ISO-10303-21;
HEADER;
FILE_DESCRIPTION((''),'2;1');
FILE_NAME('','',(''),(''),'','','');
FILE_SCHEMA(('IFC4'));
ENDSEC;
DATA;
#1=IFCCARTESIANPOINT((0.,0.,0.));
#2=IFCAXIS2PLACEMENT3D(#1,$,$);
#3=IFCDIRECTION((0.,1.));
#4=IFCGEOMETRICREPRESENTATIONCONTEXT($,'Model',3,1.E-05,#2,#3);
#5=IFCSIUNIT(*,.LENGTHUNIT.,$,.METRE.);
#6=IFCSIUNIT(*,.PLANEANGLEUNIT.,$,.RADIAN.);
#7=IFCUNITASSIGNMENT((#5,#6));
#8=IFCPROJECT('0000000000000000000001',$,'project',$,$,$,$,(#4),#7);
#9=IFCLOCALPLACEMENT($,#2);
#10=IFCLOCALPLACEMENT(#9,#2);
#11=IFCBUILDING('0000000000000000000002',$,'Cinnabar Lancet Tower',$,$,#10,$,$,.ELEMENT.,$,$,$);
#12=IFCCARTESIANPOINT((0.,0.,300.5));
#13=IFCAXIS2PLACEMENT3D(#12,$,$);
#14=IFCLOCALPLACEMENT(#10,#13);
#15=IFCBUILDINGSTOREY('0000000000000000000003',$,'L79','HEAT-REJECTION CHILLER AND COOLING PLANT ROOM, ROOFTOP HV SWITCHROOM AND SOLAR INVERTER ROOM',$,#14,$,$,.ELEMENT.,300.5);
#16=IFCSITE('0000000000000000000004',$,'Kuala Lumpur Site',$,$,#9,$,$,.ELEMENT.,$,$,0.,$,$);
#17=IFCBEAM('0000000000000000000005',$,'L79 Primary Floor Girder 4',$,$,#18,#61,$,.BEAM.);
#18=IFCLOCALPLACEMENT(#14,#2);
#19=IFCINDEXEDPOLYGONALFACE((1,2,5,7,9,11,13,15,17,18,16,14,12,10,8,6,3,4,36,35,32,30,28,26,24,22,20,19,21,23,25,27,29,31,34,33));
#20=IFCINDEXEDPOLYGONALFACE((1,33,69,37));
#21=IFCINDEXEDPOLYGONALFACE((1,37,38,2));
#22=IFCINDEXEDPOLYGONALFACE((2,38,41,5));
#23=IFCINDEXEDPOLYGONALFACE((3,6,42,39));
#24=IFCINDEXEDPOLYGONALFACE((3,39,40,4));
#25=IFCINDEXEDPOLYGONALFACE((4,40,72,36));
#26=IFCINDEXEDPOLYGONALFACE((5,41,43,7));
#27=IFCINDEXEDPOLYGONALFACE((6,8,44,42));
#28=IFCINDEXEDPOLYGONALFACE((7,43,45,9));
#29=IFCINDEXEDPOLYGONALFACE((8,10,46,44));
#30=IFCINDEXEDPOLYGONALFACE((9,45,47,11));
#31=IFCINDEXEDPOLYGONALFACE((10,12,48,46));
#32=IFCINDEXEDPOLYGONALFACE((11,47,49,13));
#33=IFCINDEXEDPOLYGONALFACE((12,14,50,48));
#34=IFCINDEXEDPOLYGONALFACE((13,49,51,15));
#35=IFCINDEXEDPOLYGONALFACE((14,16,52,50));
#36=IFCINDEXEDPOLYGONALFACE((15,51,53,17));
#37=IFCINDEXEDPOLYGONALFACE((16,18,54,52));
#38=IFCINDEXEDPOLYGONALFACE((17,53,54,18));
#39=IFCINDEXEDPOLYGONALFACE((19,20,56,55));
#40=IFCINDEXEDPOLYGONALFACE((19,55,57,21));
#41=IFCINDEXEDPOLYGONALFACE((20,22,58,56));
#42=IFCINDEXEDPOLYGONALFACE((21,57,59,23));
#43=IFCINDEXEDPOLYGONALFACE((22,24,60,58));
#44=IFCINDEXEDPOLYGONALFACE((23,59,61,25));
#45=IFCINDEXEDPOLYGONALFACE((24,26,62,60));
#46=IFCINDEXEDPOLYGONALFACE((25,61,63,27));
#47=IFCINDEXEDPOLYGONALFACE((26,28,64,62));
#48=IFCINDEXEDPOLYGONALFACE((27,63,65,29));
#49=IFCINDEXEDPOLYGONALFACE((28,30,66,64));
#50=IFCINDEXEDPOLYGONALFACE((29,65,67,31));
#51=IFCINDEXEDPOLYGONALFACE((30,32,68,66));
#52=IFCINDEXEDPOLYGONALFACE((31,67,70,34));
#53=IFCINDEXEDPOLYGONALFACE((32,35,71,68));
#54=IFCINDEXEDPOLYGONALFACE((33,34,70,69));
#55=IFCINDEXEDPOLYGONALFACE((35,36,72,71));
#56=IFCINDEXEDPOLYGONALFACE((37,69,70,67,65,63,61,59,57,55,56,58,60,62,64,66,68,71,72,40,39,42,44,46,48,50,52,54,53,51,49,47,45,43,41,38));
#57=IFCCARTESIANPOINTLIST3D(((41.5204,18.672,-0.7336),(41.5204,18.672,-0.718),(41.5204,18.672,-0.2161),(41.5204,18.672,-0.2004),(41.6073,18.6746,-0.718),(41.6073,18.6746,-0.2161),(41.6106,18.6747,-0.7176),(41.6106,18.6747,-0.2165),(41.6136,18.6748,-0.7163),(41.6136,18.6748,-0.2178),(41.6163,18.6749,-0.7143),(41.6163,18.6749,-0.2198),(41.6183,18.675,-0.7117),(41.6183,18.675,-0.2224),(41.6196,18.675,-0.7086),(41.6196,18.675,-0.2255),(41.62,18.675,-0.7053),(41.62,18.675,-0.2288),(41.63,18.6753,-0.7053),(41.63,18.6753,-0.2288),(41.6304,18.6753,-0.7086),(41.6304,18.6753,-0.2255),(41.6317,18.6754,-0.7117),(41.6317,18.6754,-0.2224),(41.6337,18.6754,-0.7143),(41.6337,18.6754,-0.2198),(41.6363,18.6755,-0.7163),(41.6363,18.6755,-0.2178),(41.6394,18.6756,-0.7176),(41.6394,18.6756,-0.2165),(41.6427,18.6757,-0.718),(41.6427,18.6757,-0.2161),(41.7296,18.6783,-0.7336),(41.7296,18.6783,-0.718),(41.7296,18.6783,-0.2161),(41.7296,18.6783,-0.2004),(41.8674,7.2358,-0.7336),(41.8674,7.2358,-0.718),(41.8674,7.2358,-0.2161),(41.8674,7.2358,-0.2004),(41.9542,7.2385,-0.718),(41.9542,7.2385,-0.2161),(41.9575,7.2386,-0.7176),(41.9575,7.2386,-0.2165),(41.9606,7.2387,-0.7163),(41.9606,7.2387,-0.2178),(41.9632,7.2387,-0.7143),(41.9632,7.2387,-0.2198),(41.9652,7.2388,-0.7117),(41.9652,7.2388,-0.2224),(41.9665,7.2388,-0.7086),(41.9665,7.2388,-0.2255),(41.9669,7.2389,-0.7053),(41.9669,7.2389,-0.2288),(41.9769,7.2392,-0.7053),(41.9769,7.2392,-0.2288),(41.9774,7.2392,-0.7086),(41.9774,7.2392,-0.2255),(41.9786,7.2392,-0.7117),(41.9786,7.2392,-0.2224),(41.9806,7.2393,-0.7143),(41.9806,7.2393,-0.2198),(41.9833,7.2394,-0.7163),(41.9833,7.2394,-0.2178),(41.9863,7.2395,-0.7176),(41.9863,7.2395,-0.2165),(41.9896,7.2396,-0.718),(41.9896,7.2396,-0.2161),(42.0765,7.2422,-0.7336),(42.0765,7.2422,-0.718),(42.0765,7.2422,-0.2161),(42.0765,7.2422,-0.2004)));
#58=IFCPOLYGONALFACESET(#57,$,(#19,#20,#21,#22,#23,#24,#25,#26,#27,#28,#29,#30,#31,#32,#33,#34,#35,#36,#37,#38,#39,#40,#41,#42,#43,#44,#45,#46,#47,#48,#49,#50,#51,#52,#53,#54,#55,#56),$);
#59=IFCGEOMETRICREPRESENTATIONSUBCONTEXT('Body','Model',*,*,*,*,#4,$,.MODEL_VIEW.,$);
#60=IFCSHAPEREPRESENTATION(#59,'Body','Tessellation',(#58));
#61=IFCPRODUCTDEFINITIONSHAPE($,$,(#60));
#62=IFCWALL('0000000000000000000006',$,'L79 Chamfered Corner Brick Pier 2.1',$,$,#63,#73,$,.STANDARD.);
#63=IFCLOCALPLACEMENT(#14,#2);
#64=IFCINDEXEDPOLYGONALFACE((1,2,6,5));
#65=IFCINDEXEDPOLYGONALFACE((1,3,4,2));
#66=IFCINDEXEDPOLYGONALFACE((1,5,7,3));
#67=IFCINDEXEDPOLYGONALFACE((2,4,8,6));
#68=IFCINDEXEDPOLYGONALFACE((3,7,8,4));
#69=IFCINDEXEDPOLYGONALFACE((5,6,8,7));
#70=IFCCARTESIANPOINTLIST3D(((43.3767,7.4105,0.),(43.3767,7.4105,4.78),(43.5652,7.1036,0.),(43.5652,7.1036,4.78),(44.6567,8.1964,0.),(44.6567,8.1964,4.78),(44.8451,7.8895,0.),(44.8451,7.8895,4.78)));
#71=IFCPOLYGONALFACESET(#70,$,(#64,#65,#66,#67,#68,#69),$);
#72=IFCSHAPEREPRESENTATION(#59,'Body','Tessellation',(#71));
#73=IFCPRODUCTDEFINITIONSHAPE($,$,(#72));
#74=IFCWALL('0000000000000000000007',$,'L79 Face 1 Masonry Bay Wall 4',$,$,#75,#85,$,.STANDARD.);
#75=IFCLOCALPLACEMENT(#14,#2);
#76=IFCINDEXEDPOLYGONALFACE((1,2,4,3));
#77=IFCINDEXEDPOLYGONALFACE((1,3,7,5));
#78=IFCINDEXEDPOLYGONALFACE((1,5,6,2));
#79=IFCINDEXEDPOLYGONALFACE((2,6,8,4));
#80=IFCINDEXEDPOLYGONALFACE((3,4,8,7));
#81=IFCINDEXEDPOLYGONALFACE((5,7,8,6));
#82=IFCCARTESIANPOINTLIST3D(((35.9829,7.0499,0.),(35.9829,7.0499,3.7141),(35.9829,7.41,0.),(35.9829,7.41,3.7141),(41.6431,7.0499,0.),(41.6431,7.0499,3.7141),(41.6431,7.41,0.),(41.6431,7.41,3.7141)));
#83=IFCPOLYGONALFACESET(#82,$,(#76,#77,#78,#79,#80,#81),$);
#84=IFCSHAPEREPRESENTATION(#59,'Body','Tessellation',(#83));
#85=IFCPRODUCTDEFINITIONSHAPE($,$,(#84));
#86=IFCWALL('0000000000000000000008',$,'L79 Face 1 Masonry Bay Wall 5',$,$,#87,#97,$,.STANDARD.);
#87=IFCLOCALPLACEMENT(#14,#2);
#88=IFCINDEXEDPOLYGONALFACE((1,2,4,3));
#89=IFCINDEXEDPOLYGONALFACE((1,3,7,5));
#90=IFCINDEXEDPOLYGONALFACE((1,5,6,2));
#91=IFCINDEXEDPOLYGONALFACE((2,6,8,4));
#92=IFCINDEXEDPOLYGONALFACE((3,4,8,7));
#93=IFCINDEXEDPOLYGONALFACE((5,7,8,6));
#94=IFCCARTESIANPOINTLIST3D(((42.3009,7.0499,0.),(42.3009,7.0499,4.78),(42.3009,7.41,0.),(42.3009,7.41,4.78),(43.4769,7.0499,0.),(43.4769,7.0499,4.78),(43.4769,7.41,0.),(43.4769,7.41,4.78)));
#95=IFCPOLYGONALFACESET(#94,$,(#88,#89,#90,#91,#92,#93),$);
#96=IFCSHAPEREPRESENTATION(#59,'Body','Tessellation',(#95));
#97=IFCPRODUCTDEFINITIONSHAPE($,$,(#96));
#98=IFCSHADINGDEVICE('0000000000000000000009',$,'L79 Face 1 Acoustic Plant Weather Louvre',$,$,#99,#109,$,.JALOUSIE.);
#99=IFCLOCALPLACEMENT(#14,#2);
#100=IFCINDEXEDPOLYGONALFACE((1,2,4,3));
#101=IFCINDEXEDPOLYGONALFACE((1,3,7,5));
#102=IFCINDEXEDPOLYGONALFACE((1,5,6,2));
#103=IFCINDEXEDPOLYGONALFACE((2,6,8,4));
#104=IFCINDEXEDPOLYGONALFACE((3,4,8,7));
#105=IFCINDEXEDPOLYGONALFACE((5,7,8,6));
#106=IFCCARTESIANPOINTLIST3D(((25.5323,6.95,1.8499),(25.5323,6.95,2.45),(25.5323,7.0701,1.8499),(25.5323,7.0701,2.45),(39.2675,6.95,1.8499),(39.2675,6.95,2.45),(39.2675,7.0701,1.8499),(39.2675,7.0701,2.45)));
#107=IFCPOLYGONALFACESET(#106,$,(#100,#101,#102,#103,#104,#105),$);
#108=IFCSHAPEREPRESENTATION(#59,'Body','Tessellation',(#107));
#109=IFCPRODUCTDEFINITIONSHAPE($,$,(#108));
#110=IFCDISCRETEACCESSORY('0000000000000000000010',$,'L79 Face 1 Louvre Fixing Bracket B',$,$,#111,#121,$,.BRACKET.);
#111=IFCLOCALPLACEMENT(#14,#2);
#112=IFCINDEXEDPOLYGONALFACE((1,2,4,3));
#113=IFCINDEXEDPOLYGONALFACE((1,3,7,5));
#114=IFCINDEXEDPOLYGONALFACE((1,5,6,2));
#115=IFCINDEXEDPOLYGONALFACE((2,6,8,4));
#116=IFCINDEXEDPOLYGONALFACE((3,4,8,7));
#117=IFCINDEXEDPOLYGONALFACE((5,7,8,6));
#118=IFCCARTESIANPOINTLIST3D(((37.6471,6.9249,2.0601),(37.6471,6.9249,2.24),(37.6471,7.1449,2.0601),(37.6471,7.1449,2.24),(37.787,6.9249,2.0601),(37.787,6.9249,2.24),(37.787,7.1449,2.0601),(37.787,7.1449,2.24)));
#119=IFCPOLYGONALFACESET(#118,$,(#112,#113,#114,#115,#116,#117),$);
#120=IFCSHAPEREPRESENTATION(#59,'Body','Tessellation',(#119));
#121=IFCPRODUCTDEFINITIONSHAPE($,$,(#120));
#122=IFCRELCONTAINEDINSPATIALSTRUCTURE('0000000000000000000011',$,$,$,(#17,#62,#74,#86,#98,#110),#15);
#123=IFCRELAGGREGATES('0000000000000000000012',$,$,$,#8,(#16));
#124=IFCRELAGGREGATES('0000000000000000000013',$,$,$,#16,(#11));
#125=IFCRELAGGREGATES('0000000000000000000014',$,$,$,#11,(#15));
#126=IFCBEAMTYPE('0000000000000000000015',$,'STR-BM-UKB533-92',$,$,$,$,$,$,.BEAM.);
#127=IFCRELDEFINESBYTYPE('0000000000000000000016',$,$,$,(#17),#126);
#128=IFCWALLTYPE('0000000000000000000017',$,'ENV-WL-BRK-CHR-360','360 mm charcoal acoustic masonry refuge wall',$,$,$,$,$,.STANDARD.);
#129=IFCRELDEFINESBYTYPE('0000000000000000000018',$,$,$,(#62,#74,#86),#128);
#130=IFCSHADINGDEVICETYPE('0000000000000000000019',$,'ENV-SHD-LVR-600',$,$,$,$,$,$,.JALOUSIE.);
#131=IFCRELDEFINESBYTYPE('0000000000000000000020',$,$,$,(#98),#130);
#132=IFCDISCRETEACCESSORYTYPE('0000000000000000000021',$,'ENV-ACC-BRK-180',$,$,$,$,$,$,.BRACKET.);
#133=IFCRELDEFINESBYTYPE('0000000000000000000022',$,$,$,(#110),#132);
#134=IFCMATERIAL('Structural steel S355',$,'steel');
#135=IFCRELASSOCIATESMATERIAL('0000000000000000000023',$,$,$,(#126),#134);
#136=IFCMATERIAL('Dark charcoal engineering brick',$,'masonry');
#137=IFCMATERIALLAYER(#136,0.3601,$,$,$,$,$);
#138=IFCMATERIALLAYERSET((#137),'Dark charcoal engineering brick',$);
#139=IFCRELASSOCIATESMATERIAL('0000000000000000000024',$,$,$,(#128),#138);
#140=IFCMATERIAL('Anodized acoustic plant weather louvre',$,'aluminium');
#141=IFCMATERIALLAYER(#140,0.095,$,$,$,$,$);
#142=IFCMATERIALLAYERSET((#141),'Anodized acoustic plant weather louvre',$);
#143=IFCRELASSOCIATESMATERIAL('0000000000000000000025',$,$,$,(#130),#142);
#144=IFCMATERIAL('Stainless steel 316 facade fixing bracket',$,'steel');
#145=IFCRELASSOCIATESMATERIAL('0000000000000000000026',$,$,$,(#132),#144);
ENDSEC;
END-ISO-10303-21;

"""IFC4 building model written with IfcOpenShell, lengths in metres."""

from ifc_helpers import new_model, si_unit, direction, frame, frame_2d, origin, origin_2d, place, context, subcontext, project, spatial, rectangle, i_section, extrude, material, layer, layer_set, material_profile, profile_set, type_object, element, save


model = new_model("IFC4")

# Units and contexts
model_context = context("Model", 3, precision=1e-05, world=origin(), true_north=direction((0.0, 1.0)))
body_context = subcontext(model_context, "Body", "Model", "MODEL_VIEW")
ifc_project = project(units=[si_unit("LENGTHUNIT", "METRE"), si_unit("PLANEANGLEUNIT", "RADIAN")], contexts=[model_context])

# Site, building, storey
site_placement = place(None, origin())
site = spatial("IfcSite", under=ifc_project, at=site_placement, Name="Kuala Lumpur Site", CompositionType="ELEMENT", RefElevation=0.0)
building_placement = place(site_placement, origin())
building = spatial("IfcBuilding", under=site, at=building_placement, Name="Cinnabar Lancet Tower", CompositionType="ELEMENT")
storey_placement = place(building_placement, frame((0.0, 0.0, 300.5)))
storey = spatial("IfcBuildingStorey", under=building, at=storey_placement, Name="L79", Description="HEAT-REJECTION CHILLER AND COOLING PLANT ROOM, ROOFTOP HV SWITCHROOM AND SOLAR INVERTER ROOM", CompositionType="ELEMENT", Elevation=300.5)

# Beam
ifc_material_1 = material(Name="Structural steel S355", Category="steel")
ifc_material_profile_1 = material_profile(ifc_material_1, i_section(OverallWidth=0.2092, OverallDepth=0.5332, WebThickness=0.01, FlangeThickness=0.0156, FilletRadius=0.0127, at=origin_2d()), Name="UKB 533x210x92")
ifc_profile_set_1 = profile_set([ifc_material_profile_1], Name="Structural steel S355")
beam_type_1 = type_object("IfcBeamType", Name="STR-BM-UKB533-92", PredefinedType="BEAM", material=ifc_profile_set_1)
beam_1_placement = place(storey_placement, frame((41.9719, 7.239, -0.467), z_axis=(-0.030322, 0.99954, 0.0), x_axis=(-0.99954, -0.030322, 0.0)))
element("IfcBeam", 1, at=beam_1_placement, inside=storey, type_object=beam_type_1, Name="L79 Primary Floor Girder 4", PredefinedType="BEAM", context=body_context, shape_type="SweptSolid", body=[
    extrude(i_section(OverallWidth=0.2092, OverallDepth=0.5332, WebThickness=0.01, FlangeThickness=0.0156, FilletRadius=0.0127, at=origin_2d()), origin(), (0.0, 0.0, 1.0), 11.4414),
])

# Walls
ifc_material_2 = material(Name="Dark charcoal engineering brick", Category="masonry")
ifc_layer_1 = layer(ifc_material_2, 0.3601)
ifc_layer_set_1 = layer_set([ifc_layer_1], Name="Dark charcoal engineering brick")
wall_type = type_object("IfcWallType", Name="ENV-WL-BRK-CHR-360", Description="360 mm charcoal acoustic masonry refuge wall", PredefinedType="STANDARD", material=ifc_layer_set_1)
wall_1_placement = place(storey_placement, frame((43.4709, 7.2571, 0.0), z_axis=(0.0, 0.0, 1.0), x_axis=(0.852199, 0.523217, 0.0)))
element("IfcWall", 2, at=wall_1_placement, inside=storey, type_object=wall_type, Name="L79 Chamfered Corner Brick Pier 2.1", PredefinedType="STANDARD", context=body_context, shape_type="SweptSolid", body=[
    extrude(rectangle(XDim=1.502, YDim=0.3601, at=frame_2d((0.751, 0.0))), origin(), (0.0, 0.0, 1.0), 4.78),
])
wall_2_placement = place(storey_placement, frame((35.9829, 7.23, 0.0), z_axis=(0.0, 0.0, 1.0), x_axis=(1.0, 0.0, 0.0)))
element("IfcWall", 3, at=wall_2_placement, inside=storey, type_object=wall_type, Name="L79 Face 1 Masonry Bay Wall 4", PredefinedType="STANDARD", context=body_context, shape_type="SweptSolid", body=[
    extrude(rectangle(XDim=5.6602, YDim=0.3601, at=frame_2d((2.8301, 0.0))), origin(), (0.0, 0.0, 1.0), 3.7141),
])
wall_3_placement = place(storey_placement, frame((42.301, 7.23, 0.0), z_axis=(0.0, 0.0, 1.0), x_axis=(1.0, 0.0, 0.0)))
element("IfcWall", 4, at=wall_3_placement, inside=storey, type_object=wall_type, Name="L79 Face 1 Masonry Bay Wall 5", PredefinedType="STANDARD", context=body_context, shape_type="SweptSolid", body=[
    extrude(rectangle(XDim=1.176, YDim=0.3601, at=frame_2d((0.5879, 0.0))), origin(), (0.0, 0.0, 1.0), 4.78),
])

# Shading device
ifc_material_3 = material(Name="Anodized acoustic plant weather louvre", Category="aluminium")
ifc_layer_2 = layer(ifc_material_3, 0.095)
ifc_layer_set_2 = layer_set([ifc_layer_2], Name="Anodized acoustic plant weather louvre")
shading_device_type = type_object("IfcShadingDeviceType", Name="ENV-SHD-LVR-600", PredefinedType="JALOUSIE", material=ifc_layer_set_2)
shading_device_placement = place(storey_placement, frame((32.3999, 7.01, 1.8499), z_axis=(0.0, 0.0, 1.0), x_axis=(1.0, 0.0, 0.0)))
element("IfcShadingDevice", 5, at=shading_device_placement, inside=storey, type_object=shading_device_type, Name="L79 Face 1 Acoustic Plant Weather Louvre", PredefinedType="JALOUSIE", context=body_context, shape_type="SweptSolid", body=[
    extrude(rectangle(XDim=13.7351, YDim=0.1201, at=origin_2d()), origin(), (0.0, 0.0, 1.0), 0.6001),
])

# Discrete accessory
ifc_material_4 = material(Name="Stainless steel 316 facade fixing bracket", Category="steel")
discrete_accessory_type = type_object("IfcDiscreteAccessoryType", Name="ENV-ACC-BRK-180", PredefinedType="BRACKET", material=ifc_material_4)
discrete_accessory_placement = place(storey_placement, frame((37.717, 7.0349, 2.0601), z_axis=(0.0, 0.0, 1.0), x_axis=(1.0, 0.0, 0.0)))
element("IfcDiscreteAccessory", 6, at=discrete_accessory_placement, inside=storey, type_object=discrete_accessory_type, Name="L79 Face 1 Louvre Fixing Bracket B", PredefinedType="BRACKET", context=body_context, shape_type="SweptSolid", body=[
    extrude(rectangle(XDim=0.1399, YDim=0.22, at=origin_2d()), origin(), (0.0, 0.0, 1.0), 0.1799),
])

save(model, "model.ifc")
